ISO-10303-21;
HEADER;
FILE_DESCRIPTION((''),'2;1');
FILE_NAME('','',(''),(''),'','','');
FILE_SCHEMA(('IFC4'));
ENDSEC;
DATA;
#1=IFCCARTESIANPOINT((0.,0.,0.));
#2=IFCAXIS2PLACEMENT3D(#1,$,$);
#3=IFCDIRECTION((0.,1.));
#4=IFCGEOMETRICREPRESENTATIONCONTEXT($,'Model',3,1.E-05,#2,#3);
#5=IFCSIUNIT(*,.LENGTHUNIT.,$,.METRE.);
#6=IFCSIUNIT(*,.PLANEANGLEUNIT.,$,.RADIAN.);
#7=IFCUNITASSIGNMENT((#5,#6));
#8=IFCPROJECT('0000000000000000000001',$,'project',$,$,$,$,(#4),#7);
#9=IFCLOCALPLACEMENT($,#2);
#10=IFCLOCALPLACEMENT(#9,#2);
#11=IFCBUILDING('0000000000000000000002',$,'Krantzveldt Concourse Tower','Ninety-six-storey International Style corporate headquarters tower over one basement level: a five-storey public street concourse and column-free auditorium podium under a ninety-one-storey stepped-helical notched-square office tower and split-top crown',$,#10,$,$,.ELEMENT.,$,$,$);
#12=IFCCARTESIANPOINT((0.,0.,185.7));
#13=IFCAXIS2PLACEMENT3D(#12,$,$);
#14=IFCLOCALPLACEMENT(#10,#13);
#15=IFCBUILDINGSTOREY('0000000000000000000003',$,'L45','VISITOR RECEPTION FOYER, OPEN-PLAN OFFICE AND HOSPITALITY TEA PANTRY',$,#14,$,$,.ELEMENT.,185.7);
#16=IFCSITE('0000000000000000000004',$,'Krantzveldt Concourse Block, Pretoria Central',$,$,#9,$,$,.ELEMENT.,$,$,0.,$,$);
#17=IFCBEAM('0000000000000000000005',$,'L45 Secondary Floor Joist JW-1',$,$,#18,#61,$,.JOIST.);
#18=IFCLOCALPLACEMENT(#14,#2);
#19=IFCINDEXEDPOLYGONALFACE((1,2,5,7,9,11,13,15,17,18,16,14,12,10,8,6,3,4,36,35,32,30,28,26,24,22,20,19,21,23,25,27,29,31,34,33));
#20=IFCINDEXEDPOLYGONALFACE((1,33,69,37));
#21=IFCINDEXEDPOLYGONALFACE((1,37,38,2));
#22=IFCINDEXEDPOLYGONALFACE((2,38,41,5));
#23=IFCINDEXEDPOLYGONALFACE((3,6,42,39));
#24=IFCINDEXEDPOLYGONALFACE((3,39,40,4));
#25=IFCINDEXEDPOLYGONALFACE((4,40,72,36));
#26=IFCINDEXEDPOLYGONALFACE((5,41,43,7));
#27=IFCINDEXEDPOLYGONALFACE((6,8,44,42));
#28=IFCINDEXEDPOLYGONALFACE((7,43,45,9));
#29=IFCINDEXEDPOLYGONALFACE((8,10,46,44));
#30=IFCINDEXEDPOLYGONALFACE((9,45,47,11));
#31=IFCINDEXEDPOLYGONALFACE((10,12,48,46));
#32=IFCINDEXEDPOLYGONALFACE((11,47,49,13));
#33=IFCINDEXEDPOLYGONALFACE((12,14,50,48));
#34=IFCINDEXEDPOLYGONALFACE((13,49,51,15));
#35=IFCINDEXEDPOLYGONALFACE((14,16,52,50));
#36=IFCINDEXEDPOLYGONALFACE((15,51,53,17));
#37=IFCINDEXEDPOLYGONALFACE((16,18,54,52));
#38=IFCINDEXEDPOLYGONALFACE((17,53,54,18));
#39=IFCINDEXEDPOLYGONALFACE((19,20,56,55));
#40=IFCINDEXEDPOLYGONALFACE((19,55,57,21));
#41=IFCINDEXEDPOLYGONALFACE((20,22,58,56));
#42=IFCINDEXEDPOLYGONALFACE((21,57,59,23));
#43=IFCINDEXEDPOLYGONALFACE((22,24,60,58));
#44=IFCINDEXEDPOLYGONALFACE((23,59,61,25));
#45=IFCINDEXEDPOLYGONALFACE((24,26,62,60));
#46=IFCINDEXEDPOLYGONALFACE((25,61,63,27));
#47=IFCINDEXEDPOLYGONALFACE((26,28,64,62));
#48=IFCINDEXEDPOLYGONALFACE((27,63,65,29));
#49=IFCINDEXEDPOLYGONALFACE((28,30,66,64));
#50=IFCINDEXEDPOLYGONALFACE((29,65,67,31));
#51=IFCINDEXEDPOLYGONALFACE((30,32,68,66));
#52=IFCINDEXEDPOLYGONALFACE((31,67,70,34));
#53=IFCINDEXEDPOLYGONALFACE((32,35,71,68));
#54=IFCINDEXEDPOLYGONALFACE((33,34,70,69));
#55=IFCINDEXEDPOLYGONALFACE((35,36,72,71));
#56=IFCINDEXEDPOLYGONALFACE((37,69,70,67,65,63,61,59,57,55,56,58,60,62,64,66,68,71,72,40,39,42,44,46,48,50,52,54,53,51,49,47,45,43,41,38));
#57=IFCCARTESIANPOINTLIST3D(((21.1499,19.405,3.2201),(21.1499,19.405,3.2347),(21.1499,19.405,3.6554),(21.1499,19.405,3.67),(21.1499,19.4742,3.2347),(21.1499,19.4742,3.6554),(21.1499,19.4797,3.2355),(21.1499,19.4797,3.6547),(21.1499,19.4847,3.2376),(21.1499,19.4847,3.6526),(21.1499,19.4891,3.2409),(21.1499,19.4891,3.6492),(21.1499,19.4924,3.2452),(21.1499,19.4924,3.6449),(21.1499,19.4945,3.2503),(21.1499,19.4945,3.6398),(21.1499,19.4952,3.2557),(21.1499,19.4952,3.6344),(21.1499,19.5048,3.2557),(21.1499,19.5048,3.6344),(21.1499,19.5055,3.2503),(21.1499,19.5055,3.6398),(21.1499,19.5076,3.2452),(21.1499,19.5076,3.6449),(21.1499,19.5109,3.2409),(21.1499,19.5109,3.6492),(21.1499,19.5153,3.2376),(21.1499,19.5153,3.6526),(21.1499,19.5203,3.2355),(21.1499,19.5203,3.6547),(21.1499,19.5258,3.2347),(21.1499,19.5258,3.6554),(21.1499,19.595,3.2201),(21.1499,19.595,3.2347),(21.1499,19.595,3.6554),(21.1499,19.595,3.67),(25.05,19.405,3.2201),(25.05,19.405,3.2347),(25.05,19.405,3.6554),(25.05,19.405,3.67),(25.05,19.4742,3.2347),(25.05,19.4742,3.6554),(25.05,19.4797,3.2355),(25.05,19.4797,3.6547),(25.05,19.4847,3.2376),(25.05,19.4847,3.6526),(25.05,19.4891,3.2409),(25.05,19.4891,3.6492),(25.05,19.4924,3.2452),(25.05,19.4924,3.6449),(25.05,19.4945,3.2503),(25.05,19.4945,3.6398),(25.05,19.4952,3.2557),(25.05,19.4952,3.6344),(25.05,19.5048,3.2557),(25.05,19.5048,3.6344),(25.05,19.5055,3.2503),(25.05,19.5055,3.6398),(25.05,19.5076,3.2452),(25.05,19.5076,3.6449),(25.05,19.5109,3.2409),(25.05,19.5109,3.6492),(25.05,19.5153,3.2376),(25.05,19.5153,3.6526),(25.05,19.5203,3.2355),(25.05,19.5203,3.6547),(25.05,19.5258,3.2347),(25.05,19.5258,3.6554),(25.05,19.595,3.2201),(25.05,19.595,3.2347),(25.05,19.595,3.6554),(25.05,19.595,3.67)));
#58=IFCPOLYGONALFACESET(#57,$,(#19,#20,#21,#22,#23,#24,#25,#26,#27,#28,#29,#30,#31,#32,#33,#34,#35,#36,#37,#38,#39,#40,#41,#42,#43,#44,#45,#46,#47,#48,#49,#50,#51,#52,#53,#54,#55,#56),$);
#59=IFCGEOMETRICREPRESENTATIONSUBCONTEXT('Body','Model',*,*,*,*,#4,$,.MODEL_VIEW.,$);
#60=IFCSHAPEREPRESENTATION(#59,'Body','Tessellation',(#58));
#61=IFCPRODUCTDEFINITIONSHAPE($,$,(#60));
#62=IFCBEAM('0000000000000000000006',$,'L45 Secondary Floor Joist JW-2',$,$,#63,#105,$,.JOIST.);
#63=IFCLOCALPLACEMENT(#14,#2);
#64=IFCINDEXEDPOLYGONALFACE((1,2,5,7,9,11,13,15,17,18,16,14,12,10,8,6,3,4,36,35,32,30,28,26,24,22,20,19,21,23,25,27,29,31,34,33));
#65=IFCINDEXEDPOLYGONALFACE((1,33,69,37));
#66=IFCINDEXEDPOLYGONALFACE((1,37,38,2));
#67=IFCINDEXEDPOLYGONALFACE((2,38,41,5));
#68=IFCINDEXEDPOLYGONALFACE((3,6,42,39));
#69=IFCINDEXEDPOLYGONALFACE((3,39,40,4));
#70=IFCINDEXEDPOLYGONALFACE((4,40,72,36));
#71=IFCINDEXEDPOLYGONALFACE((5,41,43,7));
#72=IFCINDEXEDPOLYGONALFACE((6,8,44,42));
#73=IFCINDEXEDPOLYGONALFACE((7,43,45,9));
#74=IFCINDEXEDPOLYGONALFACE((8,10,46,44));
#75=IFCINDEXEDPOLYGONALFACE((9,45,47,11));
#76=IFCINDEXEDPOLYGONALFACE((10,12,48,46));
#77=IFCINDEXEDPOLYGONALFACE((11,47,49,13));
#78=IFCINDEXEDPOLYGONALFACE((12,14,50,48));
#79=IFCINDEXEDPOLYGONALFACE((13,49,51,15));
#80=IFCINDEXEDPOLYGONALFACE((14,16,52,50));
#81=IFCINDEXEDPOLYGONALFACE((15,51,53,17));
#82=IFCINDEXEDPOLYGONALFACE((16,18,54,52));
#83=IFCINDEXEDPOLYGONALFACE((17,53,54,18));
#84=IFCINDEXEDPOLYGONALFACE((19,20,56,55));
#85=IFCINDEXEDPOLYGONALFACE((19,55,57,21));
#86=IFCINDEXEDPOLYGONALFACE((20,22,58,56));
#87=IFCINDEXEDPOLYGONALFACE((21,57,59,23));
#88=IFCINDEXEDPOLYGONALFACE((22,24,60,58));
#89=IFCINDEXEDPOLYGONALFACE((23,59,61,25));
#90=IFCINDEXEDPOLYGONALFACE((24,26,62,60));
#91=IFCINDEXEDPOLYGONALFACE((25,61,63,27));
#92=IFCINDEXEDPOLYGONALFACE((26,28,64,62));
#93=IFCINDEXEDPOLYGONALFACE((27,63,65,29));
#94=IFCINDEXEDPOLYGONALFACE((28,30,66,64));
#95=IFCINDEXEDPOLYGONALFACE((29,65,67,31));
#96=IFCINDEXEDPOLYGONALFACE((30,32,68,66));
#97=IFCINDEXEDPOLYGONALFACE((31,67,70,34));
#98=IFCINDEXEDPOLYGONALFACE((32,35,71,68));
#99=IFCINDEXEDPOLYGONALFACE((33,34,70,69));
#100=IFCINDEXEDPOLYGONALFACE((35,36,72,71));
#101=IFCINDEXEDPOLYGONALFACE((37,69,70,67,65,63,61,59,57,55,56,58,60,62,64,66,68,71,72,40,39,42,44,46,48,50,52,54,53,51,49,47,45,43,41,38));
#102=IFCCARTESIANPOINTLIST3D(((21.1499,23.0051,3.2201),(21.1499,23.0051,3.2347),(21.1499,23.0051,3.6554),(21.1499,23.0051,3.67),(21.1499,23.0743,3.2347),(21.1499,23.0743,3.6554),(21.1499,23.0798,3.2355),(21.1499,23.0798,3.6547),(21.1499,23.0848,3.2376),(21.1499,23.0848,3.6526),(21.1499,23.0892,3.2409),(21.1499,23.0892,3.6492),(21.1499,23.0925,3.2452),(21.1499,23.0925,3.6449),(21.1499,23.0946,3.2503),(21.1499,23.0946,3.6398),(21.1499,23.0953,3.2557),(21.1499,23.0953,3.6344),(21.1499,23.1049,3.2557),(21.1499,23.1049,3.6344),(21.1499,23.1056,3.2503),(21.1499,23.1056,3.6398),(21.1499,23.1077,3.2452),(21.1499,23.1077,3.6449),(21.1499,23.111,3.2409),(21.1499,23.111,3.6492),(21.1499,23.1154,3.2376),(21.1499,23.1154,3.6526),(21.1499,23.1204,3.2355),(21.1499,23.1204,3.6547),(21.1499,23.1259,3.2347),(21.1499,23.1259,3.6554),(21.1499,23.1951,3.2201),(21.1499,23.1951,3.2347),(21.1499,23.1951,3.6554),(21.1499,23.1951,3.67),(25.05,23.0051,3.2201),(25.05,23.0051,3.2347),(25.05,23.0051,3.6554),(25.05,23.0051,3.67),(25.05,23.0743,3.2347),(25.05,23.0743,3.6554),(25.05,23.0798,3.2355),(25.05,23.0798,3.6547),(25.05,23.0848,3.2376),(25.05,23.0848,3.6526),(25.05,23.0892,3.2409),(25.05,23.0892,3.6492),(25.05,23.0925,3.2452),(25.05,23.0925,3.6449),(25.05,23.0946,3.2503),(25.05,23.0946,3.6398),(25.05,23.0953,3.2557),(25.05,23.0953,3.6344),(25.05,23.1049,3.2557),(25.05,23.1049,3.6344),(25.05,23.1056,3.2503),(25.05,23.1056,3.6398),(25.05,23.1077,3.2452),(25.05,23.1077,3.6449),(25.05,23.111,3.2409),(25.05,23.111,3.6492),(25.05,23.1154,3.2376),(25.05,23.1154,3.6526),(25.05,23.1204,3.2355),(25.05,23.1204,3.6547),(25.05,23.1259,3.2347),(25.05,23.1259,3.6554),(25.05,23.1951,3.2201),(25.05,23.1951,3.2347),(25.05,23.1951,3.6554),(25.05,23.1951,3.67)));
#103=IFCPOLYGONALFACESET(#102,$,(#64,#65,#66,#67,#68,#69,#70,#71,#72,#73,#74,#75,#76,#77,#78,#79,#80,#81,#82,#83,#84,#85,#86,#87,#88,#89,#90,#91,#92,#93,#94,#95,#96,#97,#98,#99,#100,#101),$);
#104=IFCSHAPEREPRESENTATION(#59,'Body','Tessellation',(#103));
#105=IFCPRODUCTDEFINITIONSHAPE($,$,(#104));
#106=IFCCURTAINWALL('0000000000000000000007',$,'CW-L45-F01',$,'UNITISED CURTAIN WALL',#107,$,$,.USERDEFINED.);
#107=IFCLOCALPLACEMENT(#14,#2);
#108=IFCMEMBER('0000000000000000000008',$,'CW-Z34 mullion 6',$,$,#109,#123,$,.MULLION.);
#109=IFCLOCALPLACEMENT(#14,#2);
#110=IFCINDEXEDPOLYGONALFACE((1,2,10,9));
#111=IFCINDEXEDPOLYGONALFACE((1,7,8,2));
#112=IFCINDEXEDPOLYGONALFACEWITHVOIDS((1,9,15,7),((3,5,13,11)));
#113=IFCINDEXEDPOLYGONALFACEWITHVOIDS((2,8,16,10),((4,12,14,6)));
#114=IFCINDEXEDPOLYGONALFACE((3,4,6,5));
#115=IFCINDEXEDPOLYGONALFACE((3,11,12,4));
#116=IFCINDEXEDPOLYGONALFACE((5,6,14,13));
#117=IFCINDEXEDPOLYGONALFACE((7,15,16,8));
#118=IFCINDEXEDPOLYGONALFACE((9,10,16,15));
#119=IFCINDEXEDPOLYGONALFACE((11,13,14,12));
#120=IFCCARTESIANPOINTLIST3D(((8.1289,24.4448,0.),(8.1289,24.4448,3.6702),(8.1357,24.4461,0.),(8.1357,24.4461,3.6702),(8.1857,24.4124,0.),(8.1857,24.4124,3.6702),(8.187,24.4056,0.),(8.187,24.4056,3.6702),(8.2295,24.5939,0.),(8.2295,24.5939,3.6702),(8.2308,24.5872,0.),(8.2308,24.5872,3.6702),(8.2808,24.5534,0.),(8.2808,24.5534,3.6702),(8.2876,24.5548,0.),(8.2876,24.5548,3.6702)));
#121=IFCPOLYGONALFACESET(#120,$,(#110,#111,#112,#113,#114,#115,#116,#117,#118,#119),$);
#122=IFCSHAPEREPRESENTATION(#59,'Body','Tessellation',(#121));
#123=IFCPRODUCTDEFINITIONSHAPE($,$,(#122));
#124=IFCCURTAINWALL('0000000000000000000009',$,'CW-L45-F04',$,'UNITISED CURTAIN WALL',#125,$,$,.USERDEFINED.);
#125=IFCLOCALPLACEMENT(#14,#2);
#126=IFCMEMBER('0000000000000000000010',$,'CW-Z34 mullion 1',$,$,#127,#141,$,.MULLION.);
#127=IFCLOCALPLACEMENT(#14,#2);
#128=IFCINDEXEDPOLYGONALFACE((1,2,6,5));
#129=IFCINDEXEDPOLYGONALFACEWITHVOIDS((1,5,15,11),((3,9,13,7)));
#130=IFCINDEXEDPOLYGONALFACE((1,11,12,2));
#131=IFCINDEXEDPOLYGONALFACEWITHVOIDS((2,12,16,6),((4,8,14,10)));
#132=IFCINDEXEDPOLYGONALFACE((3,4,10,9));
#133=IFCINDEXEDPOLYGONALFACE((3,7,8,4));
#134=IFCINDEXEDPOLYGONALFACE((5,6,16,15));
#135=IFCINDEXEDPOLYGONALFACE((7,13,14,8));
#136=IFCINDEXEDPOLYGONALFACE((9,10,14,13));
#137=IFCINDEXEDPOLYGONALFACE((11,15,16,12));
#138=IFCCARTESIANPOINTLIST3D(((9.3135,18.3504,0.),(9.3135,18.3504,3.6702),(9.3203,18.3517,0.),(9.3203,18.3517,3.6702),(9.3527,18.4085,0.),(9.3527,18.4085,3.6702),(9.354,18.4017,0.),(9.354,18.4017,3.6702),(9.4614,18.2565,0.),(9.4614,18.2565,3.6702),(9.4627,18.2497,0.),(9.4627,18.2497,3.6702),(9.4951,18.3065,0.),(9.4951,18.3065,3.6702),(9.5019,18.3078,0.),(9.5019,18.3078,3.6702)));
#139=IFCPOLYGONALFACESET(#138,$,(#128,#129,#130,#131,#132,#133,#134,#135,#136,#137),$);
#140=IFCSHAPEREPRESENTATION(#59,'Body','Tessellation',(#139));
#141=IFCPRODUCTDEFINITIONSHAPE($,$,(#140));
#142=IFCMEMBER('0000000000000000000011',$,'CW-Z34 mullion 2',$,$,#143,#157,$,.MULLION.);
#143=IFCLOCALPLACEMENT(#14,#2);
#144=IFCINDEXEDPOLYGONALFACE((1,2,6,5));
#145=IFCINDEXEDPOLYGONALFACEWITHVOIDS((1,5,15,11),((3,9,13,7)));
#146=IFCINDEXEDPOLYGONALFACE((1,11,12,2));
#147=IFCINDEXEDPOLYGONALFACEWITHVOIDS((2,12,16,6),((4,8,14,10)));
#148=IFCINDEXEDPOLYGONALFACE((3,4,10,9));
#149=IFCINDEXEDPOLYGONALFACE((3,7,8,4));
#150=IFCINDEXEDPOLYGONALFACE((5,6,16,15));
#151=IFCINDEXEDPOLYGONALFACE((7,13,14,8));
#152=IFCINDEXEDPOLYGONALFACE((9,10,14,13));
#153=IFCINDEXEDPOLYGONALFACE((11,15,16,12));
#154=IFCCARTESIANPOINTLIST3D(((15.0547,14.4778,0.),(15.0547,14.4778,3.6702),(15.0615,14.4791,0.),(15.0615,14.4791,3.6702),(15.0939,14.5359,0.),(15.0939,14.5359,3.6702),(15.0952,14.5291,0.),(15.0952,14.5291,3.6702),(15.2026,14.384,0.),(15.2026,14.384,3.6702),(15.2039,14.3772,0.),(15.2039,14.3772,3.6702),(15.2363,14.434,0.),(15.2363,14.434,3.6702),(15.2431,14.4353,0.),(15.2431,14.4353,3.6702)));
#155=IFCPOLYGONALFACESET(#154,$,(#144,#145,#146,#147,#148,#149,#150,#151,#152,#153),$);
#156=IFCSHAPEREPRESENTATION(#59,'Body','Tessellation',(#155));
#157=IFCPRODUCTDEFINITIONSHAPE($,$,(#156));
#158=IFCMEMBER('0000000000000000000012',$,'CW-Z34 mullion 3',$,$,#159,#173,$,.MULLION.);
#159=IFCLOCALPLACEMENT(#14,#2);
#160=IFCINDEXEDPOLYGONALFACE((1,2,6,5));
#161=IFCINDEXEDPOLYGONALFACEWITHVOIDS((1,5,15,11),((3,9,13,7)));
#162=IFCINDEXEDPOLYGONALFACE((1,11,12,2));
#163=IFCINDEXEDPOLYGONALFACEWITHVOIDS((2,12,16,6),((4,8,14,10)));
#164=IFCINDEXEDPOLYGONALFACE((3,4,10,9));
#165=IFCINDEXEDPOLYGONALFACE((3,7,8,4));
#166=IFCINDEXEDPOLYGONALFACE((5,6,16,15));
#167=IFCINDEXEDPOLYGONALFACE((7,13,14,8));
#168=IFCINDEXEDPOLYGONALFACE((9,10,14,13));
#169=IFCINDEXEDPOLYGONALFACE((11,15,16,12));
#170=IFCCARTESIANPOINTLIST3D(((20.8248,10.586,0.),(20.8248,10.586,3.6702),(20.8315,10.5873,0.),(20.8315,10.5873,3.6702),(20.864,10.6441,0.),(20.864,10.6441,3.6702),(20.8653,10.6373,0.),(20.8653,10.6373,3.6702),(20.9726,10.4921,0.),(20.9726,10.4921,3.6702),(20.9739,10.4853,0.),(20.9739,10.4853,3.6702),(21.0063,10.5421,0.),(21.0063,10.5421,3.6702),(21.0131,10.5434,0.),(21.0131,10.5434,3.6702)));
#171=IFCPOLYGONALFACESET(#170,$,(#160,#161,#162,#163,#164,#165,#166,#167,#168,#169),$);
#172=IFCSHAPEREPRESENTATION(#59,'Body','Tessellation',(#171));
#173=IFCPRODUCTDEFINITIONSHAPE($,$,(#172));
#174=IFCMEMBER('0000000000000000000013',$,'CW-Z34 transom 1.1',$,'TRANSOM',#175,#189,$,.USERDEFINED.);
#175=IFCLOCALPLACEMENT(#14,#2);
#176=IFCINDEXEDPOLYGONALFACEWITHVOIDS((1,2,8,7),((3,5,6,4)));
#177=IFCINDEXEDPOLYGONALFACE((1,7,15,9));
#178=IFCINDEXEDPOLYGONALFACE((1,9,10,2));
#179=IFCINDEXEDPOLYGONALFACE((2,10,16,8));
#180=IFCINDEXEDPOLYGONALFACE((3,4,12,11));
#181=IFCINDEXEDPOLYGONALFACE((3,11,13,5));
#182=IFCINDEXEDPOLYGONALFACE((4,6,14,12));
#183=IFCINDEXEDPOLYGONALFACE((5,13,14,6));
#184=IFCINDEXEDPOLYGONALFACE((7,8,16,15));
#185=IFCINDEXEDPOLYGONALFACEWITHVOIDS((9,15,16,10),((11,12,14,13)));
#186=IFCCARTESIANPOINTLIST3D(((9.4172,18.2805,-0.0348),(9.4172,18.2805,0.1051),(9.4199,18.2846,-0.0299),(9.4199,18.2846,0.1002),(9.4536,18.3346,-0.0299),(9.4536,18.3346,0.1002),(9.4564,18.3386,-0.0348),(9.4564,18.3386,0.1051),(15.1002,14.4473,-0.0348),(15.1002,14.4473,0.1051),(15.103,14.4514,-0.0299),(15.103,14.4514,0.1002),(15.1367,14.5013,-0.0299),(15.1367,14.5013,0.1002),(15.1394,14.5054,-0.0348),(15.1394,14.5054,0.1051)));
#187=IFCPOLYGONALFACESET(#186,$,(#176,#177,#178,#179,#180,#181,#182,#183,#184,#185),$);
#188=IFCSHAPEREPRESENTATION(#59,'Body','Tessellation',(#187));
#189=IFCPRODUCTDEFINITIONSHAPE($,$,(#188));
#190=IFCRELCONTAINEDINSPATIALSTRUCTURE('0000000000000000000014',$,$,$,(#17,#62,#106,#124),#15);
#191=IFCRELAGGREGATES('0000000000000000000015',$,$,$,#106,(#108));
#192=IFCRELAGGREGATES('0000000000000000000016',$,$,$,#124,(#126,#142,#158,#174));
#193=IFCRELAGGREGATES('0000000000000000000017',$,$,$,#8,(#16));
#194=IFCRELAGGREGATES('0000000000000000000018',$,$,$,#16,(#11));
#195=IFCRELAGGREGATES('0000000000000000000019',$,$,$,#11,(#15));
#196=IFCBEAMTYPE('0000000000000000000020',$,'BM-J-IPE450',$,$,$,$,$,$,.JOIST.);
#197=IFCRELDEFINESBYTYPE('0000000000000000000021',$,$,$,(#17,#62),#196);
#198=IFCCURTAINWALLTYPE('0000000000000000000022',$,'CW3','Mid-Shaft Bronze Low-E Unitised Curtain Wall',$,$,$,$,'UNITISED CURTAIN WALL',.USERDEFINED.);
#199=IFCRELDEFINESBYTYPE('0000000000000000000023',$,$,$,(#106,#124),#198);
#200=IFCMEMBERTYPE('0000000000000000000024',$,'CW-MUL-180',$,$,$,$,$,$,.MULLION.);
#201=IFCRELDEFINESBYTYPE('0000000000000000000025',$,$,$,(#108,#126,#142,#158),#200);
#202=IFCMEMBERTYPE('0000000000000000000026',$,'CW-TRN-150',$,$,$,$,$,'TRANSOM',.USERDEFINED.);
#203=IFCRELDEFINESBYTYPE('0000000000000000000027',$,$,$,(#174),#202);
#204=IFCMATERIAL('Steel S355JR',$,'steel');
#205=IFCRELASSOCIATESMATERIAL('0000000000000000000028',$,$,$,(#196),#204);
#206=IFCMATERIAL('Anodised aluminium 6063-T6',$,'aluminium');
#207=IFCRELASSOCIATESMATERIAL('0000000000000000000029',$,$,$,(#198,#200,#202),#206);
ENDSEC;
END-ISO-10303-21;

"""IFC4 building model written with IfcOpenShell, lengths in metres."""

from ifc_helpers import new_model, si_unit, direction, frame, origin, origin_2d, place, context, subcontext, project, spatial, hollow_rectangle, i_section, extrude, source, transform, mapped, material, material_profile, profile_set, type_object, type_shapes, element, aggregate, save


model = new_model("IFC4")

# Units and contexts
model_context = context("Model", 3, precision=1e-05, world=origin(), true_north=direction((0.0, 1.0)))
body_context = subcontext(model_context, "Body", "Model", "MODEL_VIEW")
ifc_project = project(units=[si_unit("LENGTHUNIT", "METRE"), si_unit("PLANEANGLEUNIT", "RADIAN")], contexts=[model_context])

# Site, building, storey
site_placement = place(None, origin())
site = spatial("IfcSite", under=ifc_project, at=site_placement, Name="Krantzveldt Concourse Block, Pretoria Central", CompositionType="ELEMENT", RefElevation=0.0)
building_placement = place(site_placement, origin())
building = spatial("IfcBuilding", under=site, at=building_placement, Name="Krantzveldt Concourse Tower", Description="Ninety-six-storey International Style corporate headquarters tower over one basement level: a five-storey public street concourse and column-free auditorium podium under a ninety-one-storey stepped-helical notched-square office tower and split-top crown", CompositionType="ELEMENT")
storey_placement = place(building_placement, frame((0.0, 0.0, 185.7)))
storey = spatial("IfcBuildingStorey", under=building, at=storey_placement, Name="L45", Description="VISITOR RECEPTION FOYER, OPEN-PLAN OFFICE AND HOSPITALITY TEA PANTRY", CompositionType="ELEMENT", Elevation=185.7)

# Beams
ifc_material_1 = material(Name="Steel S355JR", Category="steel")
ifc_material_profile_1 = material_profile(ifc_material_1, i_section(OverallWidth=0.1899, OverallDepth=0.45, WebThickness=0.0095, FlangeThickness=0.0146, FilletRadius=0.021, at=origin_2d()), Name="Steel S355JR", Category="steel")
ifc_profile_set_1 = profile_set([ifc_material_profile_1], Name="Steel S355JR - IPE 450")
beam_type_1 = type_object("IfcBeamType", Name="BM-J-IPE450", PredefinedType="JOIST", material=ifc_profile_set_1)
shared_shape_1 = source(origin(), body_context, "Body", "SweptSolid", [
    extrude(i_section(OverallWidth=0.1899, OverallDepth=0.45, WebThickness=0.0095, FlangeThickness=0.0146, FilletRadius=0.021, at=origin_2d()), origin(), (0.0, 0.0, 1.0), 3.9001),
])
type_shapes(beam_type_1, [shared_shape_1])
for number, where, z_axis, x_axis, name in (
    (1, (21.1499, 19.5, 3.4451), (1.0, 0.0, 0.0), (0.0, 1.0, 0.0), "L45 Secondary Floor Joist JW-1"),
    (2, (21.1499, 23.1001, 3.4451), (1.0, 0.0, 0.0), (0.0, 1.0, 0.0), "L45 Secondary Floor Joist JW-2"),
):
    element("IfcBeam", number, at=place(storey_placement, frame(where, z_axis=z_axis, x_axis=x_axis)), inside=storey, type_object=beam_type_1, Name=name, PredefinedType="JOIST", context=body_context, shape_type="MappedRepresentation", body=[
        mapped(shared_shape_1, transform((0.0, 0.0, 0.0), x_axis=(1.0, 0.0, 0.0), y_axis=(0.0, 1.0, 0.0), z_axis=(0.0, 0.0, 1.0), scale=1.0)),
    ])

# Curtain wall, member
ifc_material_2 = material(Name="Anodised aluminium 6063-T6", Category="aluminium")
curtain_wall_type = type_object("IfcCurtainWallType", Name="CW3", Description="Mid-Shaft Bronze Low-E Unitised Curtain Wall", ElementType="UNITISED CURTAIN WALL", PredefinedType="USERDEFINED", material=ifc_material_2)
curtain_wall_1_placement = place(storey_placement, origin())
curtain_wall_1 = element("IfcCurtainWall", 3, at=curtain_wall_1_placement, inside=storey, type_object=curtain_wall_type, Name="CW-L45-F01", ObjectType="UNITISED CURTAIN WALL", PredefinedType="USERDEFINED")
ifc_material_profile_2 = material_profile(ifc_material_2, hollow_rectangle(XDim=0.0701, YDim=0.1799, WallThickness=0.0049, at=origin_2d()), Name="Anodised aluminium 6063-T6", Category="aluminium")
ifc_profile_set_2 = profile_set([ifc_material_profile_2], Name="Anodised aluminium 6063-T6 - ALU-MULL 180x70x5")
member_type_1 = type_object("IfcMemberType", Name="CW-MUL-180", PredefinedType="MULLION", material=ifc_profile_set_2)
shared_shape_2 = source(origin(), body_context, "Body", "SweptSolid", [
    extrude(hollow_rectangle(XDim=0.0701, YDim=0.1799, WallThickness=0.0049, at=origin_2d()), origin(), (0.0, 0.0, 1.0), 3.6702),
])
type_shapes(member_type_1, [shared_shape_2])
member_1_placement = place(storey_placement, frame((8.2083, 24.4998, 0.0), z_axis=(0.0, 0.0, 1.0), x_axis=(0.829038, -0.559193, 0.0)))
member_1 = element("IfcMember", 4, at=member_1_placement, type_object=member_type_1, Name="CW-Z34 mullion 6", PredefinedType="MULLION", context=body_context, shape_type="MappedRepresentation", body=[
    mapped(shared_shape_2, transform((0.0, 0.0, 0.0), x_axis=(1.0, 0.0, 0.0), y_axis=(0.0, 1.0, 0.0), z_axis=(0.0, 0.0, 1.0), scale=1.0)),
])
aggregate(curtain_wall_1, [member_1])

# Curtain wall, members
curtain_wall_2_placement = place(storey_placement, origin())
curtain_wall_2 = element("IfcCurtainWall", 5, at=curtain_wall_2_placement, inside=storey, type_object=curtain_wall_type, Name="CW-L45-F04", ObjectType="UNITISED CURTAIN WALL", PredefinedType="USERDEFINED")
member_2_placement = place(storey_placement, frame((9.4077, 18.3291, 0.0), z_axis=(0.0, 0.0, 1.0), x_axis=(0.559193, 0.829038, 0.0)))
member_2 = element("IfcMember", 6, at=member_2_placement, type_object=member_type_1, Name="CW-Z34 mullion 1", PredefinedType="MULLION", context=body_context, shape_type="MappedRepresentation", body=[
    mapped(shared_shape_2, transform((0.0, 0.0, 0.0), x_axis=(1.0, 0.0, 0.0), y_axis=(0.0, 1.0, 0.0), z_axis=(0.0, 0.0, 1.0), scale=1.0)),
])
member_3_placement = place(storey_placement, frame((15.1489, 14.4565, 0.0), z_axis=(0.0, 0.0, 1.0), x_axis=(0.559193, 0.829038, 0.0)))
member_3 = element("IfcMember", 7, at=member_3_placement, type_object=member_type_1, Name="CW-Z34 mullion 2", PredefinedType="MULLION", context=body_context, shape_type="MappedRepresentation", body=[
    mapped(shared_shape_2, transform((0.0, 0.0, 0.0), x_axis=(1.0, 0.0, 0.0), y_axis=(0.0, 1.0, 0.0), z_axis=(0.0, 0.0, 1.0), scale=1.0)),
])
member_4_placement = place(storey_placement, frame((20.9189, 10.5647, 0.0), z_axis=(0.0, 0.0, 1.0), x_axis=(0.559193, 0.829038, 0.0)))
member_4 = element("IfcMember", 8, at=member_4_placement, type_object=member_type_1, Name="CW-Z34 mullion 3", PredefinedType="MULLION", context=body_context, shape_type="MappedRepresentation", body=[
    mapped(shared_shape_2, transform((0.0, 0.0, 0.0), x_axis=(1.0, 0.0, 0.0), y_axis=(0.0, 1.0, 0.0), z_axis=(0.0, 0.0, 1.0), scale=1.0)),
])
ifc_material_profile_3 = material_profile(ifc_material_2, hollow_rectangle(XDim=0.0701, YDim=0.1399, WallThickness=0.0049, at=origin_2d()), Name="Anodised aluminium 6063-T6", Category="aluminium")
ifc_profile_set_3 = profile_set([ifc_material_profile_3], Name="Anodised aluminium 6063-T6 - ALU-TRAN 140x70x5")
member_type_2 = type_object("IfcMemberType", Name="CW-TRN-150", ElementType="TRANSOM", PredefinedType="USERDEFINED", material=ifc_profile_set_3)
shared_shape_3 = source(origin(), body_context, "Body", "SweptSolid", [
    extrude(hollow_rectangle(XDim=0.0701, YDim=0.1399, WallThickness=0.0049, at=origin_2d()), origin(), (0.0, 0.0, 1.0), 6.855),
])
member_5_placement = place(storey_placement, frame((9.4368, 18.3096, 0.0352), z_axis=(0.829041, -0.559188, 0.0), x_axis=(0.559188, 0.829041, 0.0)))
member_5 = element("IfcMember", 9, at=member_5_placement, type_object=member_type_2, Name="CW-Z34 transom 1.1", ObjectType="TRANSOM", PredefinedType="USERDEFINED", context=body_context, shape_type="MappedRepresentation", body=[
    mapped(shared_shape_3, transform((0.0, 0.0, 0.0), x_axis=(1.0, 0.0, 0.0), y_axis=(0.0, 1.0, 0.0), z_axis=(0.0, 0.0, 1.0), scale=1.0)),
])

aggregate(curtain_wall_2, [member_2, member_3, member_4, member_5])

save(model, "model.ifc")
